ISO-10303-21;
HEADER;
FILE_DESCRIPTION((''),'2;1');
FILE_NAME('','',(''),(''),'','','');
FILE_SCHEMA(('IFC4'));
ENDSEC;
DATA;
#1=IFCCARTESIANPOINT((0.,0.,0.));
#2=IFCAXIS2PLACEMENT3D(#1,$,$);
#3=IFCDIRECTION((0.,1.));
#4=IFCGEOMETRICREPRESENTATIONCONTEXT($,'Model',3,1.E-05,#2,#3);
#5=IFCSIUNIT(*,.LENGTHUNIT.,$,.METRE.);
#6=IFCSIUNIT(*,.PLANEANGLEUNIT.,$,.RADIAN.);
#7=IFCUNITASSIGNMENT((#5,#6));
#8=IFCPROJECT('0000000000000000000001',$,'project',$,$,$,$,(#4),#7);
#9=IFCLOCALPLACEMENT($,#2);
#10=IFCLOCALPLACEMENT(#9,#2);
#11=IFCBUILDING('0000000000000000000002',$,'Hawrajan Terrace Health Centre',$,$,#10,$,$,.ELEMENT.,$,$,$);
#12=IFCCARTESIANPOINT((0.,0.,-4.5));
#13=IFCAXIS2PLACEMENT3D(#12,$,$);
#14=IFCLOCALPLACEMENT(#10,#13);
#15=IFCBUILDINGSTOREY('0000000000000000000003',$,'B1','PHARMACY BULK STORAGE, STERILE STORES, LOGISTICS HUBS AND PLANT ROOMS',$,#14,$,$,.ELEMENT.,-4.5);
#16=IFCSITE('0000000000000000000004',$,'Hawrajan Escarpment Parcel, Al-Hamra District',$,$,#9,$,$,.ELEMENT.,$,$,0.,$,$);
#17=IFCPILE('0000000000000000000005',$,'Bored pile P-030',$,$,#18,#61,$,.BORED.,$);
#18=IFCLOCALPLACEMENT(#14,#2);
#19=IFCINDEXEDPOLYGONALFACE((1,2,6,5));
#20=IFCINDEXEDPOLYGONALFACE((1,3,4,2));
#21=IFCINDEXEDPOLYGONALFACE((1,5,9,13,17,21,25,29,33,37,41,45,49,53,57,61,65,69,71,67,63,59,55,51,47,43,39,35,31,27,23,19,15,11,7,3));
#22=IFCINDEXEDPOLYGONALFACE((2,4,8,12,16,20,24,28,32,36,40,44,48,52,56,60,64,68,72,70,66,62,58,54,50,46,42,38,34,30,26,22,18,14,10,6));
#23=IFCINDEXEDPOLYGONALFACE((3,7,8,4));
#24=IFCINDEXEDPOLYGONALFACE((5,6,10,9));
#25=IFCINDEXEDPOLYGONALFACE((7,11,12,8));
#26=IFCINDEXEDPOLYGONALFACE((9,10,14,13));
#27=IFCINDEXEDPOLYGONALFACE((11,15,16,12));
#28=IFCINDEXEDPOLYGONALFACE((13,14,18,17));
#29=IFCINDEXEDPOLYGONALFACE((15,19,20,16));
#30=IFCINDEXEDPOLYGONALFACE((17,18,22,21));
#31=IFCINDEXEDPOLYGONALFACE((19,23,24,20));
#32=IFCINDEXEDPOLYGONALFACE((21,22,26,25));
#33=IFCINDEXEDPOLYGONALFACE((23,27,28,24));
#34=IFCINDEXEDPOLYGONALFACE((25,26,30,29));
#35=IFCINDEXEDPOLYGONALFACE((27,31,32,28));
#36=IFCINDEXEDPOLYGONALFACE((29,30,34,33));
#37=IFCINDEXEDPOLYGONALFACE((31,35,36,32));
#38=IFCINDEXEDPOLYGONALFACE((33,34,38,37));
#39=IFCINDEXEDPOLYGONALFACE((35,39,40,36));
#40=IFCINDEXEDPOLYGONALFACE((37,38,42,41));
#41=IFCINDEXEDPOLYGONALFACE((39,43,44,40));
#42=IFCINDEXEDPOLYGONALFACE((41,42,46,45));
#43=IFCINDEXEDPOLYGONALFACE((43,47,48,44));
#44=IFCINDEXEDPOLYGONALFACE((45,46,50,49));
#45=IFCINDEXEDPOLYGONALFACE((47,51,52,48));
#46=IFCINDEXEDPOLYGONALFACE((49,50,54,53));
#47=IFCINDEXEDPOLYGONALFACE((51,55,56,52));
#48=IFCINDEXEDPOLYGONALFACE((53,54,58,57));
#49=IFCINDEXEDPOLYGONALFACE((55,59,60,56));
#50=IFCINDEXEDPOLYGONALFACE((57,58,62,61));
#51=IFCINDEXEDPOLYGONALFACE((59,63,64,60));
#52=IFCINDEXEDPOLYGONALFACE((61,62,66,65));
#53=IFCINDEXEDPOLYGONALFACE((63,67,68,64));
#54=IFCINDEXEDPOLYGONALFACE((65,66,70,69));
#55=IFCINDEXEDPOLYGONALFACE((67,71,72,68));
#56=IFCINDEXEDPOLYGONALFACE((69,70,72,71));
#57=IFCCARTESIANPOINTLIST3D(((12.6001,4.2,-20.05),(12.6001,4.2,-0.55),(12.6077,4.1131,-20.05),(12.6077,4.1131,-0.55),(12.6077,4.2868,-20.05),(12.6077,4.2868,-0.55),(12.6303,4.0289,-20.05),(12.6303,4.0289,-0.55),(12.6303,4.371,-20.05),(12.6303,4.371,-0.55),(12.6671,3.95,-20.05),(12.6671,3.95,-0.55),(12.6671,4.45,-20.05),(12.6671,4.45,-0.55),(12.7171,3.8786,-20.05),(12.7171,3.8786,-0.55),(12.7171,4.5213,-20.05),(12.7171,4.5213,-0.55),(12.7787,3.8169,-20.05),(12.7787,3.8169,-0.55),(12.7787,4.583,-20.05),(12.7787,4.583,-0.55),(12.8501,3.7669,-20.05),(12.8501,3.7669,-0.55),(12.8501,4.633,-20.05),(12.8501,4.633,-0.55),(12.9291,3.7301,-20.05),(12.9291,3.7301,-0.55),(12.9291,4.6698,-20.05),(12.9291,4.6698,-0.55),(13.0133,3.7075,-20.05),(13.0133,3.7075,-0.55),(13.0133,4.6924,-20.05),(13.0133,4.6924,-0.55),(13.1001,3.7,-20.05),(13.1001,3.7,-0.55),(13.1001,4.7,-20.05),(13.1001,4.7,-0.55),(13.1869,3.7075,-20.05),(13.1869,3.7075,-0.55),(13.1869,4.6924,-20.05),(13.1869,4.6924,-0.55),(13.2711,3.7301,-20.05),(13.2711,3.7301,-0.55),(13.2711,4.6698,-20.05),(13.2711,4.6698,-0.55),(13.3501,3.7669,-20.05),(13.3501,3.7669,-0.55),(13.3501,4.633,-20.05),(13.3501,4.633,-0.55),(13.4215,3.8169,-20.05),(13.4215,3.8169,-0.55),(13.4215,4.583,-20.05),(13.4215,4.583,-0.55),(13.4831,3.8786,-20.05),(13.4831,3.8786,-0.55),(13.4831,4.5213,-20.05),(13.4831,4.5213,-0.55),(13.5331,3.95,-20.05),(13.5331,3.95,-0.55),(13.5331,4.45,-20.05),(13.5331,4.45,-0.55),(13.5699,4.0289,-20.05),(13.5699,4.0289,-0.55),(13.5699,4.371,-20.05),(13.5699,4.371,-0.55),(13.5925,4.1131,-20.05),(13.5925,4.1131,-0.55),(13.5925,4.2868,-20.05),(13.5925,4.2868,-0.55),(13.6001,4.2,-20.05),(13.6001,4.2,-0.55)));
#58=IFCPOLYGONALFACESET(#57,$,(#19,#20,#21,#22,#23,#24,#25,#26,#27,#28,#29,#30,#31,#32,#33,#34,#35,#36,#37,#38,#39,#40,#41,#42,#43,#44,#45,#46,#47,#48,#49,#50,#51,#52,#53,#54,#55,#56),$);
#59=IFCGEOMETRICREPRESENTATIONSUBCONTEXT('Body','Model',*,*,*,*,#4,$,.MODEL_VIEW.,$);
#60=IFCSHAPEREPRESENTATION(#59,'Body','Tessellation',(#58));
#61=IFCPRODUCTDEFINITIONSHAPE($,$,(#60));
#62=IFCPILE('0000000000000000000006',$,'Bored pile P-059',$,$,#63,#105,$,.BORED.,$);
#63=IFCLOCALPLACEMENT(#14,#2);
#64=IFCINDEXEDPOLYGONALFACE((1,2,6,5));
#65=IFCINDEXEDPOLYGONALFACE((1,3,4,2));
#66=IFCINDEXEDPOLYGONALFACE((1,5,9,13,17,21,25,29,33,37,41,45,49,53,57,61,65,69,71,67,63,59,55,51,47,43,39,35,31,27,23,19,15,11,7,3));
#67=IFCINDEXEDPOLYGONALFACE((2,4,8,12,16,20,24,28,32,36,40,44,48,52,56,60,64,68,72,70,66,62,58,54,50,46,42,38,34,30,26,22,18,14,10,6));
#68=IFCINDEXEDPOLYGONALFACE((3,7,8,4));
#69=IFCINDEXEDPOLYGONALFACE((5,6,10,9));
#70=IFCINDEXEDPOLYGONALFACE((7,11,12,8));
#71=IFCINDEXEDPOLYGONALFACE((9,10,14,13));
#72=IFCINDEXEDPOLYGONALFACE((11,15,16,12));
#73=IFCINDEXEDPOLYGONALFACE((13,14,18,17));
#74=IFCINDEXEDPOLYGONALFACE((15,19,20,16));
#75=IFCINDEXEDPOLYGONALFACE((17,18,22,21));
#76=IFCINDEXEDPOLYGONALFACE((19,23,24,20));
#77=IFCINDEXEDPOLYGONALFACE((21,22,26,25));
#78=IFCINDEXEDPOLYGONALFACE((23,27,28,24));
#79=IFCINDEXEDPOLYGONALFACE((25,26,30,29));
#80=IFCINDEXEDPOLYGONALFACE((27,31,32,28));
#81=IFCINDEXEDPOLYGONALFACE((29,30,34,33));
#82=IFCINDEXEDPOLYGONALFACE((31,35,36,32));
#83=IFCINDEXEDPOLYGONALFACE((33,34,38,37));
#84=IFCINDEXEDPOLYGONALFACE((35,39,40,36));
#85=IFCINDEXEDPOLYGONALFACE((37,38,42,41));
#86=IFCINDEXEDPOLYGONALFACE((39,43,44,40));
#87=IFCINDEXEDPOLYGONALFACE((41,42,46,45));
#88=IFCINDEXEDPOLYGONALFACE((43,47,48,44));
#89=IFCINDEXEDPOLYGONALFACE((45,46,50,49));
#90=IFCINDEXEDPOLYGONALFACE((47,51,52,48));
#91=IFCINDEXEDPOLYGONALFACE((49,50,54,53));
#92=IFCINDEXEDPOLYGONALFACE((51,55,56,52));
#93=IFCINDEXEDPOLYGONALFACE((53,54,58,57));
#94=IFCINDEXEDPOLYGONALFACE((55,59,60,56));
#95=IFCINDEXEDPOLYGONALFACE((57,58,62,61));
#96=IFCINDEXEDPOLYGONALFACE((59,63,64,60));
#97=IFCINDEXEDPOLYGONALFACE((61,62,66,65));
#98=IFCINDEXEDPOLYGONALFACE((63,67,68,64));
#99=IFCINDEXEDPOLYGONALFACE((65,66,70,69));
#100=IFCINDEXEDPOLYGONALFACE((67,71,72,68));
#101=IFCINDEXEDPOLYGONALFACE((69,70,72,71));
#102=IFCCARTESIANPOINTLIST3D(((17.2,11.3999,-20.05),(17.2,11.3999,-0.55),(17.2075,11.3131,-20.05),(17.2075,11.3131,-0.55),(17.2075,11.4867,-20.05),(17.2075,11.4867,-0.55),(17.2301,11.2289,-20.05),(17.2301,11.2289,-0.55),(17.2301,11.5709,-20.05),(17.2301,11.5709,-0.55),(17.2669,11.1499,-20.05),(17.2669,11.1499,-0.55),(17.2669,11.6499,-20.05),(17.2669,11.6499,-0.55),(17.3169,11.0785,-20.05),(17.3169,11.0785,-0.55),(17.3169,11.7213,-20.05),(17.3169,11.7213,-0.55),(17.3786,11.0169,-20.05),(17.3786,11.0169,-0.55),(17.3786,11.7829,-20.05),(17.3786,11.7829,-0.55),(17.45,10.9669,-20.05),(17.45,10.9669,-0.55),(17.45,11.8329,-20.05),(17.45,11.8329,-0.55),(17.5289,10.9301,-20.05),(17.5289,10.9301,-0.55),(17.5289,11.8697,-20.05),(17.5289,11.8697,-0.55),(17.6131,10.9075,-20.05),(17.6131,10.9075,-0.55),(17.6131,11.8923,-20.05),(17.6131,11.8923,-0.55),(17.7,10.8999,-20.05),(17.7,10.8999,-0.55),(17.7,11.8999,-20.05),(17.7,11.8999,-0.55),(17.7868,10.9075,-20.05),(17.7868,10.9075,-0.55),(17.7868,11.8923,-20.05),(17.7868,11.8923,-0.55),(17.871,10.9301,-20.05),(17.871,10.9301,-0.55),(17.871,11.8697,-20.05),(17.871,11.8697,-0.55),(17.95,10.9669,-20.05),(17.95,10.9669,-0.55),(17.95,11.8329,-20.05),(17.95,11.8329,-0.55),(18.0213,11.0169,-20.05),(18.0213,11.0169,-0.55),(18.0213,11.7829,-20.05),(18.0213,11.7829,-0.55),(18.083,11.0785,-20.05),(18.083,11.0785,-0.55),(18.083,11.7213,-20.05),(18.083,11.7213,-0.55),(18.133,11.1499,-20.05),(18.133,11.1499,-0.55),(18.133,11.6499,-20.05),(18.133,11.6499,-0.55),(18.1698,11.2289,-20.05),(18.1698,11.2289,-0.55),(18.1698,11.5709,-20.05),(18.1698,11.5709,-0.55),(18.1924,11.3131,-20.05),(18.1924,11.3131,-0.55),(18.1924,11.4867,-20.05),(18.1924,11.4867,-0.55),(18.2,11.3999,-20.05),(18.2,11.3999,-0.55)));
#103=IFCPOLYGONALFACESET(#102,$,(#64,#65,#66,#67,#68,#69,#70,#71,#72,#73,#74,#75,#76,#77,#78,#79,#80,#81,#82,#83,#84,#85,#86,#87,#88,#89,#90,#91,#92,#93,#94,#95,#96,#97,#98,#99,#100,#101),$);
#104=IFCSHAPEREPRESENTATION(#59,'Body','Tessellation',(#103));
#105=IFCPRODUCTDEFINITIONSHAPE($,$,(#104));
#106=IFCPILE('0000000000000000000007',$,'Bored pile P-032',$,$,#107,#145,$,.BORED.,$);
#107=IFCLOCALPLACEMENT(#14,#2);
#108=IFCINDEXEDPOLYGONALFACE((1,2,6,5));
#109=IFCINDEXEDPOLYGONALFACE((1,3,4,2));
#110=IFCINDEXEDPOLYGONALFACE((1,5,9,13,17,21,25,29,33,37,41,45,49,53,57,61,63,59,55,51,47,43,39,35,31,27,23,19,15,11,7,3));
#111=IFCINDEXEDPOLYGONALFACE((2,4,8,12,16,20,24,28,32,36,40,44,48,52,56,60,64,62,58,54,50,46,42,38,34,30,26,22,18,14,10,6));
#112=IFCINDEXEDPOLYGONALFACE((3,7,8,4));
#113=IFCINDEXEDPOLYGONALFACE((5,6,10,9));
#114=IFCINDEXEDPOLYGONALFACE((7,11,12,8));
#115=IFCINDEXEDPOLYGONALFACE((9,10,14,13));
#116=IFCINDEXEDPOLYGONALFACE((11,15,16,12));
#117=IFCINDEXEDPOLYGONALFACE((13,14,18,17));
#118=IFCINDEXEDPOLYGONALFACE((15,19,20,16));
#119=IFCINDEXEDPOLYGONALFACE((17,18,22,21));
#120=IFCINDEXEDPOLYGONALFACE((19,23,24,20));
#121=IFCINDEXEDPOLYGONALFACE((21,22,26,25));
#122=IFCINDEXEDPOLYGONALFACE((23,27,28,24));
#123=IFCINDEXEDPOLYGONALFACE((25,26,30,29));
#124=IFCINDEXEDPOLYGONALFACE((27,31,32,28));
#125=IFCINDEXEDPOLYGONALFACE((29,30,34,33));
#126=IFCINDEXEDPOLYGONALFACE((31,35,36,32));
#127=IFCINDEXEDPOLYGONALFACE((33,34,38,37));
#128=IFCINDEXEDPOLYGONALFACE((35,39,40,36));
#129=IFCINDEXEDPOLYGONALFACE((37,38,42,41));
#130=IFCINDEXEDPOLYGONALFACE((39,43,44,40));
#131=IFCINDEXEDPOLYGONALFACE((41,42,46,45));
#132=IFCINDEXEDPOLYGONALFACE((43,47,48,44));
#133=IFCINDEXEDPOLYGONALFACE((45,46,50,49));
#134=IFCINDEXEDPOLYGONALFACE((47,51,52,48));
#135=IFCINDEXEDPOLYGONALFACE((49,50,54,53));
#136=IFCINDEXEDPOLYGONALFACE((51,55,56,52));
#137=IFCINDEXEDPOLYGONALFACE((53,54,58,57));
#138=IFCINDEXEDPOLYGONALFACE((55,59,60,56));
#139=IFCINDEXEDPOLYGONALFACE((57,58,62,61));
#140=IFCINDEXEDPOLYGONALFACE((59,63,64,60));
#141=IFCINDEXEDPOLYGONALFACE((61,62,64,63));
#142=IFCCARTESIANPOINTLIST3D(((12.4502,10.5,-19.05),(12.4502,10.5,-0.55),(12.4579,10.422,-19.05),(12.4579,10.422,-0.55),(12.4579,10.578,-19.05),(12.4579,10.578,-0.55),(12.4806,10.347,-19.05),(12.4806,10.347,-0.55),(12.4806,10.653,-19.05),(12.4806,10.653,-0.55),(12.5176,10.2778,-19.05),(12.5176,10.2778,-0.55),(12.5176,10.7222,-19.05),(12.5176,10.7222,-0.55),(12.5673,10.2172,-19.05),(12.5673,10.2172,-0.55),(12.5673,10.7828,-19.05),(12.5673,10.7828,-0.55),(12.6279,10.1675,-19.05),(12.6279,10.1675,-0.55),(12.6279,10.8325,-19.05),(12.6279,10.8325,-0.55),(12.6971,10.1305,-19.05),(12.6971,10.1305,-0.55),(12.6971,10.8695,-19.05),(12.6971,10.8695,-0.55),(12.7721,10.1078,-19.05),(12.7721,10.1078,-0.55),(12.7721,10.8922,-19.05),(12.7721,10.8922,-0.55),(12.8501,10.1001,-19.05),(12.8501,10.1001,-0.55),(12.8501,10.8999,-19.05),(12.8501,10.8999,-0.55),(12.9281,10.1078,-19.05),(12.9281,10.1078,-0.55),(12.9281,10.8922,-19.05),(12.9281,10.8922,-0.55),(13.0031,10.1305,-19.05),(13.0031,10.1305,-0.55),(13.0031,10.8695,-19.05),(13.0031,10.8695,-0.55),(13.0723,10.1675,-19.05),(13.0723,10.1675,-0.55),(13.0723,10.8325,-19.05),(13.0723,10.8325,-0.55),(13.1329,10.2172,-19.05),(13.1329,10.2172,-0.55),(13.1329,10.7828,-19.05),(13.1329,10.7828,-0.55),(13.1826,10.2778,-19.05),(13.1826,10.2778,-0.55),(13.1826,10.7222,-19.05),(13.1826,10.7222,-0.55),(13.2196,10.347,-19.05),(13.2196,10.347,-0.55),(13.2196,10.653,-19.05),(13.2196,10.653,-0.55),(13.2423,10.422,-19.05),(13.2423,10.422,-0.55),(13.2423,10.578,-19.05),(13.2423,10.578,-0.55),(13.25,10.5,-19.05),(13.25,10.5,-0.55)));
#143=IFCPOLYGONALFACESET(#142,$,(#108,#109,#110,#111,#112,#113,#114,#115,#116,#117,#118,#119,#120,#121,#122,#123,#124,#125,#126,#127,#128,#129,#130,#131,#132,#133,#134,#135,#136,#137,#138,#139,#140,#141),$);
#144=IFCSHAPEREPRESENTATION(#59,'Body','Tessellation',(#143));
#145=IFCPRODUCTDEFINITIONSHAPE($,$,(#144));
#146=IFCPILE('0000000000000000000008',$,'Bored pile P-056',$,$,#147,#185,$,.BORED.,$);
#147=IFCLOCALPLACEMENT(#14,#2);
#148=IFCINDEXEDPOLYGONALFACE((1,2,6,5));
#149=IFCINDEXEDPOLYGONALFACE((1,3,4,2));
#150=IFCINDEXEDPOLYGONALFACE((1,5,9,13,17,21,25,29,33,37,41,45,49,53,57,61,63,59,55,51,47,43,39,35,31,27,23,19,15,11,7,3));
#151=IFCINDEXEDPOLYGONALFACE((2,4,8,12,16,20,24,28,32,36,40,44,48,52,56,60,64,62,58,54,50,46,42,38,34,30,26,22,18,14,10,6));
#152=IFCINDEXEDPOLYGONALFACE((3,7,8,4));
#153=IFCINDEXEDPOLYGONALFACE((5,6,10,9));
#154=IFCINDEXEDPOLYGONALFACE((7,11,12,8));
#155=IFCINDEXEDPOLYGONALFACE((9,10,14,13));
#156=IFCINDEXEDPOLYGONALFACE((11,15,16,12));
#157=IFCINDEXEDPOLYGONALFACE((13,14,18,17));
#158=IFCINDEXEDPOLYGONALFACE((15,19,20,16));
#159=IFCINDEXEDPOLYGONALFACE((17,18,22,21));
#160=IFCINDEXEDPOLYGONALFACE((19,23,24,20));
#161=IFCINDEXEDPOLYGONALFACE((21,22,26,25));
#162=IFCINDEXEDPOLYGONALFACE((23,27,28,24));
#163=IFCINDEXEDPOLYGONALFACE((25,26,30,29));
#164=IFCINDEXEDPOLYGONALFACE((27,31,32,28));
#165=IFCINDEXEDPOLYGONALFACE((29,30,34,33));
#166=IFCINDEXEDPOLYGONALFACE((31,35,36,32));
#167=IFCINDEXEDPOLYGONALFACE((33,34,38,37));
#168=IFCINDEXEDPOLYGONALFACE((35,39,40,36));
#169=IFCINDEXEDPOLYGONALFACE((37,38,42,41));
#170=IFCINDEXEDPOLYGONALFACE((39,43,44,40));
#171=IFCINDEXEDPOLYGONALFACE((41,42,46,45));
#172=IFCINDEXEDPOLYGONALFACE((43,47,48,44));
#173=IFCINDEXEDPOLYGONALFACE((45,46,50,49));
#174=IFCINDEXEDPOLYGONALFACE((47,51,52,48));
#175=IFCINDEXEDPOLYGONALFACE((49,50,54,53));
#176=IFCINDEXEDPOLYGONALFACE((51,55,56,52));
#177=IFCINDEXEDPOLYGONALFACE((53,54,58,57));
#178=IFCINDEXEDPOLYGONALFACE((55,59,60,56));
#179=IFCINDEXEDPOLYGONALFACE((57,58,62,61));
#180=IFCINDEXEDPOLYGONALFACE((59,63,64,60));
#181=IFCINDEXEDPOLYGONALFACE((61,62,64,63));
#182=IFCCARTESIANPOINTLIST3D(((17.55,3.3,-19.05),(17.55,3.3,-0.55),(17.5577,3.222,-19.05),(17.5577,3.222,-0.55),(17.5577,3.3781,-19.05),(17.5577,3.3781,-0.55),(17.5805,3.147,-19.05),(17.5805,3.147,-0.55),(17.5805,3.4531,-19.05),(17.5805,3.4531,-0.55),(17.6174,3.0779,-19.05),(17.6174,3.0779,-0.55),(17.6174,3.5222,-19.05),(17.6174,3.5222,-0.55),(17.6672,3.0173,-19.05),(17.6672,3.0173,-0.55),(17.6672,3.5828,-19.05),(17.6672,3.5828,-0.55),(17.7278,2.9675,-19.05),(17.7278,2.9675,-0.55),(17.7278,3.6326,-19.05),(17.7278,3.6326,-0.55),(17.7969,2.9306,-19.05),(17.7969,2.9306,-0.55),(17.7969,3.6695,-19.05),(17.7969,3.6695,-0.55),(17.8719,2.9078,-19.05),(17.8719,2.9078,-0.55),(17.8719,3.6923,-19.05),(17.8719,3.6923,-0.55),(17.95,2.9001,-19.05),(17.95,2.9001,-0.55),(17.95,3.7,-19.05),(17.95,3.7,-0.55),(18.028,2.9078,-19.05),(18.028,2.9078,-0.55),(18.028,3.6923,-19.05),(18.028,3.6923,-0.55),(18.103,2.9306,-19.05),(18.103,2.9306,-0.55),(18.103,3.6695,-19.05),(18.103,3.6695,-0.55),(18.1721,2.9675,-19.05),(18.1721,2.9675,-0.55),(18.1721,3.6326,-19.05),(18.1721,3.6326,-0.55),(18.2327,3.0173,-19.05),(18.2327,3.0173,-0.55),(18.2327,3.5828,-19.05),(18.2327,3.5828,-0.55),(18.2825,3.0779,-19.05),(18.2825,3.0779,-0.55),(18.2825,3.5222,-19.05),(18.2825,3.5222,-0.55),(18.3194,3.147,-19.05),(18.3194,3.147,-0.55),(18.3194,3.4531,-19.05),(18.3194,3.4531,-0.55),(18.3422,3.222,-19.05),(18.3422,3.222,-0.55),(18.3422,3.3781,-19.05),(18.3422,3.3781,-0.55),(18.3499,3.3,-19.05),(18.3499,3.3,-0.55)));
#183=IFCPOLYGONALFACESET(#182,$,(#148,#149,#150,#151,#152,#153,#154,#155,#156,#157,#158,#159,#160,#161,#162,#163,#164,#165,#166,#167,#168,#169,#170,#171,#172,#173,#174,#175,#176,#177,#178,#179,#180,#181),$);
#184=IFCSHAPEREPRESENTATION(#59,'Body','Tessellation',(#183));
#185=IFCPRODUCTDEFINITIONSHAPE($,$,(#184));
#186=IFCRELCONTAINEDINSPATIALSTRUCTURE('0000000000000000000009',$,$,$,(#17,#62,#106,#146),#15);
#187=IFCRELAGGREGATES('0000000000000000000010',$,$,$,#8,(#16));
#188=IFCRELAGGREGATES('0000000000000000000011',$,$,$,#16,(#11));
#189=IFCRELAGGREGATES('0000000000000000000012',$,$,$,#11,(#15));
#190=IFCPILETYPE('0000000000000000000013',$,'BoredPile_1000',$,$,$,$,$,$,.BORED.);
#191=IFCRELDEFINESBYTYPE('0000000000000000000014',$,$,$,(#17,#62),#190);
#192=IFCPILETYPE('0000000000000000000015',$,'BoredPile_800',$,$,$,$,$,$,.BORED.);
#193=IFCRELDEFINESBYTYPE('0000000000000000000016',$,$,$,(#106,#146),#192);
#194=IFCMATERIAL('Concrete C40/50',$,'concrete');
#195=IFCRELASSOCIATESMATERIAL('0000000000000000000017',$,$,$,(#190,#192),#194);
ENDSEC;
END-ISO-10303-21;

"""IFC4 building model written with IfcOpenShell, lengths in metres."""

from ifc_helpers import new_model, si_unit, direction, frame, origin, origin_2d, place, context, subcontext, project, spatial, circle, extrude, material, material_profile, profile_set, type_object, element, save


model = new_model("IFC4")

# Units and contexts
model_context = context("Model", 3, precision=1e-05, world=origin(), true_north=direction((0.0, 1.0)))
body_context = subcontext(model_context, "Body", "Model", "MODEL_VIEW")
ifc_project = project(units=[si_unit("LENGTHUNIT", "METRE"), si_unit("PLANEANGLEUNIT", "RADIAN")], contexts=[model_context])

# Site, building, storey
site_placement = place(None, origin())
site = spatial("IfcSite", under=ifc_project, at=site_placement, Name="Hawrajan Escarpment Parcel, Al-Hamra District", CompositionType="ELEMENT", RefElevation=0.0)
building_placement = place(site_placement, origin())
building = spatial("IfcBuilding", under=site, at=building_placement, Name="Hawrajan Terrace Health Centre", CompositionType="ELEMENT")
storey_placement = place(building_placement, frame((0.0, 0.0, -4.5)))
storey = spatial("IfcBuildingStorey", under=building, at=storey_placement, Name="B1", Description="PHARMACY BULK STORAGE, STERILE STORES, LOGISTICS HUBS AND PLANT ROOMS", CompositionType="ELEMENT", Elevation=-4.5)

# Piles
ifc_material_1 = material(Name="Concrete C40/50", Category="concrete")
ifc_material_profile_1 = material_profile(ifc_material_1, circle(Radius=0.5, at=origin_2d()), Name="BP 1000")
ifc_profile_set_1 = profile_set([ifc_material_profile_1], Name="Concrete C40/50")
pile_type_1 = type_object("IfcPileType", Name="BoredPile_1000", PredefinedType="BORED", material=ifc_profile_set_1)
for number, where, z_axis, x_axis, name in (
    (1, (13.1001, 4.2, -0.55), (0.0, 0.0, -1.0), (1.0, 0.0, 0.0), "Bored pile P-030"),
    (2, (17.7, 11.3999, -0.55), (0.0, 0.0, -1.0), (1.0, 0.0, 0.0), "Bored pile P-059"),
):
    element("IfcPile", number, at=place(storey_placement, frame(where, z_axis=z_axis, x_axis=x_axis)), inside=storey, type_object=pile_type_1, Name=name, PredefinedType="BORED", context=body_context, shape_type="SweptSolid", body=[
        extrude(circle(Radius=0.5, at=origin_2d()), origin(), (0.0, 0.0, 1.0), 19.5),
    ])
ifc_material_profile_2 = material_profile(ifc_material_1, circle(Radius=0.3999, at=origin_2d()), Name="BP 800")
ifc_profile_set_2 = profile_set([ifc_material_profile_2], Name="Concrete C40/50")
pile_type_2 = type_object("IfcPileType", Name="BoredPile_800", PredefinedType="BORED", material=ifc_profile_set_2)
for number, where, z_axis, x_axis, name in (
    (3, (12.8501, 10.5, -0.55), (0.0, 0.0, -1.0), (1.0, 0.0, 0.0), "Bored pile P-032"),
    (4, (17.95, 3.3, -0.55), (0.0, 0.0, -1.0), (1.0, 0.0, 0.0), "Bored pile P-056"),
):
    element("IfcPile", number, at=place(storey_placement, frame(where, z_axis=z_axis, x_axis=x_axis)), inside=storey, type_object=pile_type_2, Name=name, PredefinedType="BORED", context=body_context, shape_type="SweptSolid", body=[
        extrude(circle(Radius=0.3999, at=origin_2d()), origin(), (0.0, 0.0, 1.0), 18.5),
    ])

save(model, "model.ifc")
